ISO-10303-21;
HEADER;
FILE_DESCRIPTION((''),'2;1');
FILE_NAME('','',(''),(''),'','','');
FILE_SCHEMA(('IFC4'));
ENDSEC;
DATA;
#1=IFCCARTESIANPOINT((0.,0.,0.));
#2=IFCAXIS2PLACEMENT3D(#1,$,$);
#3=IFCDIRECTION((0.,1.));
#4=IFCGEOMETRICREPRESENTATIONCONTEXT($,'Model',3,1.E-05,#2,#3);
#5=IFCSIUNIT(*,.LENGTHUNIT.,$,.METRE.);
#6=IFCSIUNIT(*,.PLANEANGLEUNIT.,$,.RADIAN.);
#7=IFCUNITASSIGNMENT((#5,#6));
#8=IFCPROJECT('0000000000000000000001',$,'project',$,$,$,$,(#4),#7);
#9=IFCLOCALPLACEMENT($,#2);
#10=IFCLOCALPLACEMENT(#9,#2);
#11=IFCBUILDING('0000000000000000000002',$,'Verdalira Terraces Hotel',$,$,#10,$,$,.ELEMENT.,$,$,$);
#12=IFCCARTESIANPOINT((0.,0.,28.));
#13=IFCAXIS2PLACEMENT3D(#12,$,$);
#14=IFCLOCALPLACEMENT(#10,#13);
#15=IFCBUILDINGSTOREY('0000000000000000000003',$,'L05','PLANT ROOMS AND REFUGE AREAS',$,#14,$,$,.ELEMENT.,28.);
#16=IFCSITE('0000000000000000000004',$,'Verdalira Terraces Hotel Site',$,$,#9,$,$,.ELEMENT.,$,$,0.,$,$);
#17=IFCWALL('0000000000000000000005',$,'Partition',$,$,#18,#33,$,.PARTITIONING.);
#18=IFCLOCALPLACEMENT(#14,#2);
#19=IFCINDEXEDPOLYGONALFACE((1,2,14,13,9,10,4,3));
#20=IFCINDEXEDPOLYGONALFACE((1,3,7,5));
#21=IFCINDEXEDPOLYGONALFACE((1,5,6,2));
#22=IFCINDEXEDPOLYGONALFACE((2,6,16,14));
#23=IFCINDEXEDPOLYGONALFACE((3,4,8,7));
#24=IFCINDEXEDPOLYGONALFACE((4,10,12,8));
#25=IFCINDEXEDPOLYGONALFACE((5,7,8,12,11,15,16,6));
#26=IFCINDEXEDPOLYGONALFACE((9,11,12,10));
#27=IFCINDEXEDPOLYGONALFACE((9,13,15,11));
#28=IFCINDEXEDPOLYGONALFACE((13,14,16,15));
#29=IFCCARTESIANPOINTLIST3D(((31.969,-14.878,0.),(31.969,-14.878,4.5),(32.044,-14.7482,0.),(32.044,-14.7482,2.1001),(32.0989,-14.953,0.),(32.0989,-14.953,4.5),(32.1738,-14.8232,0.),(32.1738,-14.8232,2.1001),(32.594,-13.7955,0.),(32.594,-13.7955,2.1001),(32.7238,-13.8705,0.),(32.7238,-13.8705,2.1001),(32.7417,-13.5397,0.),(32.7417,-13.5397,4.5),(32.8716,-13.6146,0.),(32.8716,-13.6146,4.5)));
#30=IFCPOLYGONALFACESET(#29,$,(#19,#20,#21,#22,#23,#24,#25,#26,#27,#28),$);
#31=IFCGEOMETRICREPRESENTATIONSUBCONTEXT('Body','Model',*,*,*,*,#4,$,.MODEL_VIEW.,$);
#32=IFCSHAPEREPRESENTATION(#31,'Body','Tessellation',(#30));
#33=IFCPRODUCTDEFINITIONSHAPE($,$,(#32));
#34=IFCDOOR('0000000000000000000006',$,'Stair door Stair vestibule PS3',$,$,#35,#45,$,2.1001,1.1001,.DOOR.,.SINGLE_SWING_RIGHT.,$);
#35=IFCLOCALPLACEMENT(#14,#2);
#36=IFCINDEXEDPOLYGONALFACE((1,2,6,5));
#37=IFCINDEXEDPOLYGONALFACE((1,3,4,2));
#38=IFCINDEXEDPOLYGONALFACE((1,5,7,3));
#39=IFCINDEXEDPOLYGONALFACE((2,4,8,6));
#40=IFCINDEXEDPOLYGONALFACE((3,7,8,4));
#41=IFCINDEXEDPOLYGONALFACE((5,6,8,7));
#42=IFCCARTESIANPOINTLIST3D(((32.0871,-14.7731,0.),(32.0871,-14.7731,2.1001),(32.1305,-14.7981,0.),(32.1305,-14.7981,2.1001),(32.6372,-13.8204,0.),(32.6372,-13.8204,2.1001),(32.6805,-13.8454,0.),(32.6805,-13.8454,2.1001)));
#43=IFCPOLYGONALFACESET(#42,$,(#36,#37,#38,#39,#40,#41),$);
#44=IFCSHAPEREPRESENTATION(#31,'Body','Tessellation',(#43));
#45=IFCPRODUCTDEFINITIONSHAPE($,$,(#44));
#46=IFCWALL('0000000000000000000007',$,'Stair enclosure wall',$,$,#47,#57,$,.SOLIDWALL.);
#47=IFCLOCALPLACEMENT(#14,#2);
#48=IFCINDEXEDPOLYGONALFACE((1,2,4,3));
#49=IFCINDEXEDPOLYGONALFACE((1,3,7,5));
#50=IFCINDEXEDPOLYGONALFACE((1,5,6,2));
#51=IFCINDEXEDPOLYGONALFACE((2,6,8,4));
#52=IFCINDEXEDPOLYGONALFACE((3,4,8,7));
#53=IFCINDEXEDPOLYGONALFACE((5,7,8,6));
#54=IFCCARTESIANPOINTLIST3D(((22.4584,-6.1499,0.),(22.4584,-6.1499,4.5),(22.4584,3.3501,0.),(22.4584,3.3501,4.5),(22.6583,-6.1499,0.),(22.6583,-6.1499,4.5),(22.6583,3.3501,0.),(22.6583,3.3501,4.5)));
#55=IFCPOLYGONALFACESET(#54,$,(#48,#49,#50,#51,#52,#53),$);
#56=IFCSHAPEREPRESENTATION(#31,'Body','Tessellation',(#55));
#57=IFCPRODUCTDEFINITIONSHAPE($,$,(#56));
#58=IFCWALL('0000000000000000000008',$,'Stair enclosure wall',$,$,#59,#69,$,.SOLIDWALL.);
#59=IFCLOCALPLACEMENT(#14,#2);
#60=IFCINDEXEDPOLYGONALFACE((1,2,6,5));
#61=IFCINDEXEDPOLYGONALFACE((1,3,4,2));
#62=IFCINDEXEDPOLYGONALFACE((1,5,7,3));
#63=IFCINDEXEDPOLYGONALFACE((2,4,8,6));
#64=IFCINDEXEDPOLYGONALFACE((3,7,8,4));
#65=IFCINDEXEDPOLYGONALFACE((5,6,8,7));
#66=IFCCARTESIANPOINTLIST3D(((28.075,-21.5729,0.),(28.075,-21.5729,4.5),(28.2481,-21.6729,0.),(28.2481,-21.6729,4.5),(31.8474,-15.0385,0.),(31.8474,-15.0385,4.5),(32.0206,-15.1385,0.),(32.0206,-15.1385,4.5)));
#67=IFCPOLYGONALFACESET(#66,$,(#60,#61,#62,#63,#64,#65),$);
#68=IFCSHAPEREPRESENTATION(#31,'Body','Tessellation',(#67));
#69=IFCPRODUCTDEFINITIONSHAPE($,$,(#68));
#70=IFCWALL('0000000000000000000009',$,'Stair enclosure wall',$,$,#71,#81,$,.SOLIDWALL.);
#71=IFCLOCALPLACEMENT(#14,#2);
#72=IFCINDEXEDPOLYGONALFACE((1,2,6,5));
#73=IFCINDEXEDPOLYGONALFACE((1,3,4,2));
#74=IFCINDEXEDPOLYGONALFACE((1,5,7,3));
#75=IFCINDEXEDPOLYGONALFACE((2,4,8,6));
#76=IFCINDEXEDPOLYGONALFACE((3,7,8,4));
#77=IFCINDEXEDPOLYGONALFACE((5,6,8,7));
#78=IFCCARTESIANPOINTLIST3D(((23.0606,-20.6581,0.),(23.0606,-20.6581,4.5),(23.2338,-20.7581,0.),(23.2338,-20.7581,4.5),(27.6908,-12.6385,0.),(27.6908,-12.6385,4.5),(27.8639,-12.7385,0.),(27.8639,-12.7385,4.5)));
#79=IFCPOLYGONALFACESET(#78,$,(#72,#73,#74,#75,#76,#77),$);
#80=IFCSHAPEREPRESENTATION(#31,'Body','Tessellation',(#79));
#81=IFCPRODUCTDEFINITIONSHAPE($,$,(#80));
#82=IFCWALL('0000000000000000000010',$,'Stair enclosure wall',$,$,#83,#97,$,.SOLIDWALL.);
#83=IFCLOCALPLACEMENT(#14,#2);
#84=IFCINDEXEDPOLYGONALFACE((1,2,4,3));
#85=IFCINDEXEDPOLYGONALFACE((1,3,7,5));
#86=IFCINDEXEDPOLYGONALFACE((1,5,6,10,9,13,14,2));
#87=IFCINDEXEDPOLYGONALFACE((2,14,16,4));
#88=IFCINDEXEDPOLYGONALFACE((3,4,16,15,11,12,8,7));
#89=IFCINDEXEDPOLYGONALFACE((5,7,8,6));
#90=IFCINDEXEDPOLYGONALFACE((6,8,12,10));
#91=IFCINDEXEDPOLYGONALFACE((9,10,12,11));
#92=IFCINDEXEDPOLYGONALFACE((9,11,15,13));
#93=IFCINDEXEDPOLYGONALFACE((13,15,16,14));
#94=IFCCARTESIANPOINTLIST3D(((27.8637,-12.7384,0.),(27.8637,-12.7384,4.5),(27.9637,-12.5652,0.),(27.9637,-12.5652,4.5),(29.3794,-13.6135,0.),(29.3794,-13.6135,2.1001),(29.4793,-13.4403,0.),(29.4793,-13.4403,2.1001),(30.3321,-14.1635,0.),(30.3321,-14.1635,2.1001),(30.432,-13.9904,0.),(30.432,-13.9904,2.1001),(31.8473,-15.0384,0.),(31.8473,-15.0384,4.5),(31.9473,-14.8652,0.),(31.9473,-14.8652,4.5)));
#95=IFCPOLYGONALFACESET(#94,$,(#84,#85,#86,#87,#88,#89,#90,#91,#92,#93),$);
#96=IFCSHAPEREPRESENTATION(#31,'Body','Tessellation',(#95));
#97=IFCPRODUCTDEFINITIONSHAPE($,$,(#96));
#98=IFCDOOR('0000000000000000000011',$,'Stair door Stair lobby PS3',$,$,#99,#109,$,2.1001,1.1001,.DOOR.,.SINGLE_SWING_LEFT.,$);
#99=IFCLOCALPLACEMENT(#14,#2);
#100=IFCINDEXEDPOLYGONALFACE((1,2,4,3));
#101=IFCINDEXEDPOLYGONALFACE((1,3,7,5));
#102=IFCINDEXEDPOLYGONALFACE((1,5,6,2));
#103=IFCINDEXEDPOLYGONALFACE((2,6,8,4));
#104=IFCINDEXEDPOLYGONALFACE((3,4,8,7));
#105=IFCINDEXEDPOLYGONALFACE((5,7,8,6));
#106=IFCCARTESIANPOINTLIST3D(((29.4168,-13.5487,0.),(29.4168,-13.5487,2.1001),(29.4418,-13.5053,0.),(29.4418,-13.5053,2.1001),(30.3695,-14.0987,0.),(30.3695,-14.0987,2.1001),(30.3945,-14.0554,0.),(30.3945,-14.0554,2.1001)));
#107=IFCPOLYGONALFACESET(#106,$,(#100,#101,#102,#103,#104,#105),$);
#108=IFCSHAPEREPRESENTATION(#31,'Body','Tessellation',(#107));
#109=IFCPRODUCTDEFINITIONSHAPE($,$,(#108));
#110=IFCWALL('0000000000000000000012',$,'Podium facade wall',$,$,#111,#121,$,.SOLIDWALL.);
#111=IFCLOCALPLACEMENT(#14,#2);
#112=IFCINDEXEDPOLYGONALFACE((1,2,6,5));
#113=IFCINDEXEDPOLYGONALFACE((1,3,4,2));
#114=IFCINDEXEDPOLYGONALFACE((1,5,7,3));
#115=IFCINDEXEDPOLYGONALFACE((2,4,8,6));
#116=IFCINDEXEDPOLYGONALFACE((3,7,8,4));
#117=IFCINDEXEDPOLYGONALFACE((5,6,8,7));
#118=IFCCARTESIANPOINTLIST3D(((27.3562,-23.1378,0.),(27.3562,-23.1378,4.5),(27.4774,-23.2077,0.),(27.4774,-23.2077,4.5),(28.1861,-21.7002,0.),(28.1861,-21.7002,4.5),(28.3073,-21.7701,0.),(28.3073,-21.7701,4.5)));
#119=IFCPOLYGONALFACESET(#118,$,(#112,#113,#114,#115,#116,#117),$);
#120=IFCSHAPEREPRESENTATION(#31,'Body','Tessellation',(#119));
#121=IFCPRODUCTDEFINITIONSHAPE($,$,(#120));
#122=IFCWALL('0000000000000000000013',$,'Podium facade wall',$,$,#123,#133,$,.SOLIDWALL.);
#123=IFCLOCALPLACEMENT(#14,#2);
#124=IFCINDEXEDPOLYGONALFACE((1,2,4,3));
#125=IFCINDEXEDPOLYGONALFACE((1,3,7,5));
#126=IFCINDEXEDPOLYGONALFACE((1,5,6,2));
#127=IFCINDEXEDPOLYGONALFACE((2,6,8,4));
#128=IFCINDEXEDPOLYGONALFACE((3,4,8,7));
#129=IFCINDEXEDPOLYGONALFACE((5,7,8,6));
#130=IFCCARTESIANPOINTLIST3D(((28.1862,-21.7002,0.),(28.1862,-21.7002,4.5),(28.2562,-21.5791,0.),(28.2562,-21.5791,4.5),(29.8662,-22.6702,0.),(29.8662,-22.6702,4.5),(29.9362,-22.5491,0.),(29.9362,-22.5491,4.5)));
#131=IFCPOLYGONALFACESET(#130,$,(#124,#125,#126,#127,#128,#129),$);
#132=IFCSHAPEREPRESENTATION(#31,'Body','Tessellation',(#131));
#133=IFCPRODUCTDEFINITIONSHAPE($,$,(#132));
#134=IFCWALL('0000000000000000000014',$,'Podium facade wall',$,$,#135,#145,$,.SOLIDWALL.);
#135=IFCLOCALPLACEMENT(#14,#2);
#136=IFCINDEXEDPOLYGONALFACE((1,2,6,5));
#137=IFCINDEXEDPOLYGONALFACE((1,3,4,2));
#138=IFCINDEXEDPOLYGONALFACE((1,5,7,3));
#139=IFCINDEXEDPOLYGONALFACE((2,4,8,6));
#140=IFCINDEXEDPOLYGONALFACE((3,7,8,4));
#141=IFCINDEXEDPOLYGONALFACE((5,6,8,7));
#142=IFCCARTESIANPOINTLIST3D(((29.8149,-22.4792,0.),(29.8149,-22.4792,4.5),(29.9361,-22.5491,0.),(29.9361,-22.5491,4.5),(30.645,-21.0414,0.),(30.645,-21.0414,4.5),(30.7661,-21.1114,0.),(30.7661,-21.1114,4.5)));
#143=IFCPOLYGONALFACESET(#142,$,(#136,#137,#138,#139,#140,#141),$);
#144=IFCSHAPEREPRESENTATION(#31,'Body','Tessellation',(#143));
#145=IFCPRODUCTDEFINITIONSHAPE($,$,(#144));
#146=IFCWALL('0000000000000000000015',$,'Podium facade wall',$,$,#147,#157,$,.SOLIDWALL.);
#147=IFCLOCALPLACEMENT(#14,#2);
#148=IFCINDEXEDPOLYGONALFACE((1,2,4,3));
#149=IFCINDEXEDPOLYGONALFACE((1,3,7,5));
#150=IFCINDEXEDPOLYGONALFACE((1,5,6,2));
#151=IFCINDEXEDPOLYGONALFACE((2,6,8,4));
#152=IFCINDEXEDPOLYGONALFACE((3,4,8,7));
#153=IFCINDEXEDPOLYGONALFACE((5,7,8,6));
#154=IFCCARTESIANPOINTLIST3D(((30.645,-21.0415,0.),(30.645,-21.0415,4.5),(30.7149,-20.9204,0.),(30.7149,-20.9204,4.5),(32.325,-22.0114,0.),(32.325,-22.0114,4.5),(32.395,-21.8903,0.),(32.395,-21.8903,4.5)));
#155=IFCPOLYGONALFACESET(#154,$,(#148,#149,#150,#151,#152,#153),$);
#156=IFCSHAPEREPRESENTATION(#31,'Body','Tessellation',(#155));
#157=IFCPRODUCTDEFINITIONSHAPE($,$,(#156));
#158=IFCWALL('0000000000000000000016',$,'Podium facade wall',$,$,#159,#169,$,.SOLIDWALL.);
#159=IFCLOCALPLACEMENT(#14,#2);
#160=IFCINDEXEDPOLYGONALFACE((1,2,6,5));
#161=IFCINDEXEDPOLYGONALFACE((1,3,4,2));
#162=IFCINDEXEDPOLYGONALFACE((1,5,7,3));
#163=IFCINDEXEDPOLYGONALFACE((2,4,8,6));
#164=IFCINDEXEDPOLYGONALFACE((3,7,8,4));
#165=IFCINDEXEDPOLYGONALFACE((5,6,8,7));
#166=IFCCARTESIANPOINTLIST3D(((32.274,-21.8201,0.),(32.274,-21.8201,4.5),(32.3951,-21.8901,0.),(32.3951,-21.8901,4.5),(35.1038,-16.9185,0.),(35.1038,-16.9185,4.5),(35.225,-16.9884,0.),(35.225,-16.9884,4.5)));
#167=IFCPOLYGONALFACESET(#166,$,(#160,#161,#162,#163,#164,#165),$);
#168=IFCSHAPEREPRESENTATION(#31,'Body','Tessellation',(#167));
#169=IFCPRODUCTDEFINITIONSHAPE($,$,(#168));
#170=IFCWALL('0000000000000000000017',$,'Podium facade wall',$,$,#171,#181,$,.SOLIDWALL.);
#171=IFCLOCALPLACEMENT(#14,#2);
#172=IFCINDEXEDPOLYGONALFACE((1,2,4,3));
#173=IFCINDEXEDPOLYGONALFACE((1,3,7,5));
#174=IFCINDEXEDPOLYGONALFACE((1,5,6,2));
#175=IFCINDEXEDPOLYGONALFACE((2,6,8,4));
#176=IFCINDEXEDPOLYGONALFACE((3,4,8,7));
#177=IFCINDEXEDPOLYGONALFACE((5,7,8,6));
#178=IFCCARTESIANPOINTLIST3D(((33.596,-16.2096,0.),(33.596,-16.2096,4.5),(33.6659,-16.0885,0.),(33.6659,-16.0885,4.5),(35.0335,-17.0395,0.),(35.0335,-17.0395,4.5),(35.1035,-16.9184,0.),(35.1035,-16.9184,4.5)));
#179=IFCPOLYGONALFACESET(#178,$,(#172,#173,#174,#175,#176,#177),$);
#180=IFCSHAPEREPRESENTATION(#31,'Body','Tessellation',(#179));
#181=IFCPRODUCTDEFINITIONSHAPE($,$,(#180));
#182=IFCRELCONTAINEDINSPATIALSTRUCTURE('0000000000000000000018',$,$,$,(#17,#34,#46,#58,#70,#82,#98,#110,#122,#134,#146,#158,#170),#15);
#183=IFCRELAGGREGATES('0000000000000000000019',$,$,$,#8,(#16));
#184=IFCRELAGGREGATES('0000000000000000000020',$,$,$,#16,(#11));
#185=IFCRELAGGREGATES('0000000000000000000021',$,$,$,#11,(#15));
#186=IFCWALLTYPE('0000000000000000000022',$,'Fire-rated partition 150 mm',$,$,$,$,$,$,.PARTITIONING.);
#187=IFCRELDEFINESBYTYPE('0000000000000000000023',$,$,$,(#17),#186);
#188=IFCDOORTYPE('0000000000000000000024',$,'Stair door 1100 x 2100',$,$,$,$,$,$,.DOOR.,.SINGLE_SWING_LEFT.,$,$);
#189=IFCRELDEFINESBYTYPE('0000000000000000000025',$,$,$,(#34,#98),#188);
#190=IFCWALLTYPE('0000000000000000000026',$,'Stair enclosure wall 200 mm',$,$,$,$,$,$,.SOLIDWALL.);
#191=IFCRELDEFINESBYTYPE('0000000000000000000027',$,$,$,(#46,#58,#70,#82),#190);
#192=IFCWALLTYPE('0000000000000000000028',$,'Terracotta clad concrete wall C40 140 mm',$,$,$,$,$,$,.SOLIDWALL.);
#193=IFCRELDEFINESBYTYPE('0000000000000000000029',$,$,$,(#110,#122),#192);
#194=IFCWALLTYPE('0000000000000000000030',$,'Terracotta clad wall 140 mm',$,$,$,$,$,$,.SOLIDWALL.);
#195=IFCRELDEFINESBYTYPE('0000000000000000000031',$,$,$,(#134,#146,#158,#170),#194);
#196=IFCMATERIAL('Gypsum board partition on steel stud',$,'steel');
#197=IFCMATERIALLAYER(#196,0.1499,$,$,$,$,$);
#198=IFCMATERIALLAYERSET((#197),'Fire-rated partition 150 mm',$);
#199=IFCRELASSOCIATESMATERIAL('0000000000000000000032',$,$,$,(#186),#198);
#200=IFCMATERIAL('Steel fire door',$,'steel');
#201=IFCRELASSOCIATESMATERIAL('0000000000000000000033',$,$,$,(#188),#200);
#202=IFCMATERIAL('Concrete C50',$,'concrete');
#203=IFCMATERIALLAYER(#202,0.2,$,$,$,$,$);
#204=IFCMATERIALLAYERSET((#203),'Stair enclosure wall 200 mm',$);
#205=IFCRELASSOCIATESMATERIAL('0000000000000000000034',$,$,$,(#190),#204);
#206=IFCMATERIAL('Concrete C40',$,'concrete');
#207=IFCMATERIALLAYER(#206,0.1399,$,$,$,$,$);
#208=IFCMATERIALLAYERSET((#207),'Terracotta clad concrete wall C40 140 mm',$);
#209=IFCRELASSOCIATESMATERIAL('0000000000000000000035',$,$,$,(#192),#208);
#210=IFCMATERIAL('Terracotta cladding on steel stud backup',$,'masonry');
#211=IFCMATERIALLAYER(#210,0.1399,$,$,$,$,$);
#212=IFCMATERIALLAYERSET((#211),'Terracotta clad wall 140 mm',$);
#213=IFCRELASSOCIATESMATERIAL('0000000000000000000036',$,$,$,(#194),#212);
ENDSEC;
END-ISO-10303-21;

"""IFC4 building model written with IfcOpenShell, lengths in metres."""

from ifc_helpers import new_model, si_unit, direction, frame, frame_2d, origin, place, context, subcontext, project, spatial, rectangle, extrude, material, layer, layer_set, type_object, element, fill, save


model = new_model("IFC4")

# Units and contexts
model_context = context("Model", 3, precision=1e-05, world=origin(), true_north=direction((0.0, 1.0)))
body_context = subcontext(model_context, "Body", "Model", "MODEL_VIEW")
ifc_project = project(units=[si_unit("LENGTHUNIT", "METRE"), si_unit("PLANEANGLEUNIT", "RADIAN")], contexts=[model_context])

# Site, building, storey
site_placement = place(None, origin())
site = spatial("IfcSite", under=ifc_project, at=site_placement, Name="Verdalira Terraces Hotel Site", CompositionType="ELEMENT", RefElevation=0.0)
building_placement = place(site_placement, origin())
building = spatial("IfcBuilding", under=site, at=building_placement, Name="Verdalira Terraces Hotel", CompositionType="ELEMENT")
storey_placement = place(building_placement, frame((0.0, 0.0, 28.0)))
storey = spatial("IfcBuildingStorey", under=building, at=storey_placement, Name="L05", Description="PLANT ROOMS AND REFUGE AREAS", CompositionType="ELEMENT", Elevation=28.0)

# Wall, opening, door
ifc_material_1 = material(Name="Gypsum board partition on steel stud", Category="steel")
ifc_layer_1 = layer(ifc_material_1, 0.1499)
ifc_layer_set_1 = layer_set([ifc_layer_1], Name="Fire-rated partition 150 mm")
wall_type_1 = type_object("IfcWallType", Name="Fire-rated partition 150 mm", PredefinedType="PARTITIONING", material=ifc_layer_set_1)
ifc_material_2 = material(Name="Steel fire door", Category="steel")
door_type_1 = type_object("IfcDoorType", Name="Stair door 1100 x 2100", OperationType="SINGLE_SWING_LEFT", PredefinedType="DOOR", material=ifc_material_2)
wall_1_placement = place(storey_placement, frame((32.8066, -13.5771, 0.0), z_axis=(0.0, 0.0, 1.0), x_axis=(-0.499996, -0.866028, 0.0)))
wall_1 = element("IfcWall", 1, at=wall_1_placement, inside=storey, type_object=wall_type_1, Name="Partition", PredefinedType="PARTITIONING", context=body_context, shape_type="SweptSolid", body=[
    extrude(rectangle(XDim=1.5454, YDim=0.1499, at=frame_2d((0.7727, 0.0))), origin(), (0.0, 0.0, 1.0), 4.5),
])
opening_1_placement = place(wall_1_placement, frame((0.2954, 0.0, 0.0)))
opening_1 = element("IfcOpeningElement", 2, at=opening_1_placement, cuts=wall_1, PredefinedType="OPENING", context=body_context, shape_type="SweptSolid", body=[
    extrude(rectangle(XDim=1.1001, YDim=2.1001, at=frame_2d((0.55, 1.05))), frame((0.0, 0.085, 0.0), z_axis=(0.0, -1.0, 0.0), x_axis=(1.0, 0.0, 0.0)), (0.0, 0.0, 1.0), 0.1699),
])
door_1_placement = place(opening_1_placement, origin())
door_1 = element("IfcDoor", 3, at=door_1_placement, inside=storey, type_object=door_type_1, Name="Stair door Stair vestibule PS3", OperationType="SINGLE_SWING_RIGHT", OverallHeight=2.1001, OverallWidth=1.1001, PredefinedType="DOOR", context=body_context, shape_type="SweptSolid", body=[
    extrude(rectangle(XDim=1.1001, YDim=2.1001, at=frame_2d((0.55, 1.05))), frame((0.0, 0.0249, 0.0), z_axis=(0.0, -1.0, 0.0), x_axis=(1.0, 0.0, 0.0)), (0.0, 0.0, 1.0), 0.05),
])
fill(opening_1, door_1)

# Walls
ifc_material_3 = material(Name="Concrete C50", Category="concrete")
ifc_layer_2 = layer(ifc_material_3, 0.2)
ifc_layer_set_2 = layer_set([ifc_layer_2], Name="Stair enclosure wall 200 mm")
wall_type_2 = type_object("IfcWallType", Name="Stair enclosure wall 200 mm", PredefinedType="SOLIDWALL", material=ifc_layer_set_2)
wall_2_placement = place(storey_placement, frame((22.5584, -6.1499, 0.0), z_axis=(0.0, 0.0, 1.0), x_axis=(0.0, 1.0, 0.0)))
element("IfcWall", 4, at=wall_2_placement, inside=storey, type_object=wall_type_2, Name="Stair enclosure wall", PredefinedType="SOLIDWALL", context=body_context, shape_type="SweptSolid", body=[
    extrude(rectangle(XDim=9.5, YDim=0.2, at=frame_2d((4.75, 0.0))), origin(), (0.0, 0.0, 1.0), 4.5),
])
wall_3_placement = place(storey_placement, frame((28.1616, -21.6228, 0.0), z_axis=(0.0, 0.0, 1.0), x_axis=(0.499981, 0.866036, 0.0)))
element("IfcWall", 5, at=wall_3_placement, inside=storey, type_object=wall_type_2, Name="Stair enclosure wall", PredefinedType="SOLIDWALL", context=body_context, shape_type="SweptSolid", body=[
    extrude(rectangle(XDim=7.5452, YDim=0.2, at=frame_2d((3.7725, 0.0))), origin(), (0.0, 0.0, 1.0), 4.5),
])
wall_4_placement = place(storey_placement, frame((27.7773, -12.6885, 0.0), z_axis=(0.0, 0.0, 1.0), x_axis=(-0.500004, -0.866023, 0.0)))
element("IfcWall", 6, at=wall_4_placement, inside=storey, type_object=wall_type_2, Name="Stair enclosure wall", PredefinedType="SOLIDWALL", context=body_context, shape_type="SweptSolid", body=[
    extrude(rectangle(XDim=9.2603, YDim=0.2, at=frame_2d((4.6301, 0.0))), origin(), (0.0, 0.0, 1.0), 4.5),
])

# Wall, opening, door
wall_5_placement = place(storey_placement, frame((27.9138, -12.6519, 0.0), z_axis=(0.0, 0.0, 1.0), x_axis=(0.866017, -0.500015, 0.0)))
wall_5 = element("IfcWall", 7, at=wall_5_placement, inside=storey, type_object=wall_type_2, Name="Stair enclosure wall", PredefinedType="SOLIDWALL", context=body_context, shape_type="SweptSolid", body=[
    extrude(rectangle(XDim=4.5999, YDim=0.2, at=frame_2d((2.2998, 0.0))), origin(), (0.0, 0.0, 1.0), 4.5),
])
opening_2_placement = place(wall_5_placement, frame((1.75, 0.0, 0.0)))
opening_2 = element("IfcOpeningElement", 8, at=opening_2_placement, cuts=wall_5, PredefinedType="OPENING", context=body_context, shape_type="SweptSolid", body=[
    extrude(rectangle(XDim=1.1001, YDim=2.1001, at=frame_2d((0.55, 1.05))), frame((0.0, 0.1099, 0.0), z_axis=(0.0, -1.0, 0.0), x_axis=(1.0, 0.0, 0.0)), (0.0, 0.0, 1.0), 0.22),
])
door_2_placement = place(opening_2_placement, origin())
door_2 = element("IfcDoor", 9, at=door_2_placement, inside=storey, type_object=door_type_1, Name="Stair door Stair lobby PS3", OperationType="SINGLE_SWING_LEFT", OverallHeight=2.1001, OverallWidth=1.1001, PredefinedType="DOOR", context=body_context, shape_type="SweptSolid", body=[
    extrude(rectangle(XDim=1.1001, YDim=2.1001, at=frame_2d((0.55, 1.05))), frame((0.0, 0.0249, 0.0), z_axis=(0.0, -1.0, 0.0), x_axis=(1.0, 0.0, 0.0)), (0.0, 0.0, 1.0), 0.05),
])
fill(opening_2, door_2)

# Walls
ifc_material_4 = material(Name="Concrete C40", Category="concrete")
ifc_layer_3 = layer(ifc_material_4, 0.1399)
ifc_layer_set_3 = layer_set([ifc_layer_3], Name="Terracotta clad concrete wall C40 140 mm")
wall_type_3 = type_object("IfcWallType", Name="Terracotta clad concrete wall C40 140 mm", PredefinedType="SOLIDWALL", material=ifc_layer_set_3)
wall_6_placement = place(storey_placement, frame((27.4167, -23.1729, 0.0), z_axis=(0.0, 0.0, 1.0), x_axis=(0.499952, 0.866053, 0.0)))
element("IfcWall", 10, at=wall_6_placement, inside=storey, type_object=wall_type_3, Name="Podium facade wall", PredefinedType="SOLIDWALL", context=body_context, shape_type="SweptSolid", body=[
    extrude(rectangle(XDim=1.6599, YDim=0.1399, at=frame_2d((0.8301, 0.0))), origin(), (0.0, 0.0, 1.0), 4.5),
])
wall_7_placement = place(storey_placement, frame((28.2212, -21.6396, 0.0), z_axis=(0.0, 0.0, 1.0), x_axis=(0.866012, -0.500024, 0.0)))
element("IfcWall", 11, at=wall_7_placement, inside=storey, type_object=wall_type_3, Name="Podium facade wall", PredefinedType="SOLIDWALL", context=body_context, shape_type="SweptSolid", body=[
    extrude(rectangle(XDim=1.9399, YDim=0.1399, at=frame_2d((0.97, 0.0))), origin(), (0.0, 0.0, 1.0), 4.5),
])
ifc_material_5 = material(Name="Terracotta cladding on steel stud backup", Category="masonry")
ifc_layer_4 = layer(ifc_material_5, 0.1399)
ifc_layer_set_4 = layer_set([ifc_layer_4], Name="Terracotta clad wall 140 mm")
wall_type_4 = type_object("IfcWallType", Name="Terracotta clad wall 140 mm", PredefinedType="SOLIDWALL", material=ifc_layer_set_4)
wall_8_placement = place(storey_placement, frame((29.8755, -22.5142, 0.0), z_axis=(0.0, 0.0, 1.0), x_axis=(0.499998, 0.866026, 0.0)))
element("IfcWall", 12, at=wall_8_placement, inside=storey, type_object=wall_type_4, Name="Podium facade wall", PredefinedType="SOLIDWALL", context=body_context, shape_type="SweptSolid", body=[
    extrude(rectangle(XDim=1.6602, YDim=0.1399, at=frame_2d((0.8301, 0.0))), origin(), (0.0, 0.0, 1.0), 4.5),
])
wall_9_placement = place(storey_placement, frame((30.6799, -20.981, 0.0), z_axis=(0.0, 0.0, 1.0), x_axis=(0.866043, -0.499969, 0.0)))
element("IfcWall", 13, at=wall_9_placement, inside=storey, type_object=wall_type_4, Name="Podium facade wall", PredefinedType="SOLIDWALL", context=body_context, shape_type="SweptSolid", body=[
    extrude(rectangle(XDim=1.9399, YDim=0.1399, at=frame_2d((0.97, 0.0))), origin(), (0.0, 0.0, 1.0), 4.5),
])
wall_10_placement = place(storey_placement, frame((32.3345, -21.8552, 0.0), z_axis=(0.0, 0.0, 1.0), x_axis=(0.499985, 0.866034, 0.0)))
element("IfcWall", 14, at=wall_10_placement, inside=storey, type_object=wall_type_4, Name="Podium facade wall", PredefinedType="SOLIDWALL", context=body_context, shape_type="SweptSolid", body=[
    extrude(rectangle(XDim=5.6599, YDim=0.1399, at=frame_2d((2.8301, 0.0))), origin(), (0.0, 0.0, 1.0), 4.5),
])
wall_11_placement = place(storey_placement, frame((35.0686, -16.979, 0.0), z_axis=(0.0, 0.0, 1.0), x_axis=(-0.866053, 0.499952, 0.0)))
element("IfcWall", 15, at=wall_11_placement, inside=storey, type_object=wall_type_4, Name="Podium facade wall", PredefinedType="SOLIDWALL", context=body_context, shape_type="SweptSolid", body=[
    extrude(rectangle(XDim=1.6599, YDim=0.1399, at=frame_2d((0.8301, 0.0))), origin(), (0.0, 0.0, 1.0), 4.5),
])

save(model, "model.ifc")
